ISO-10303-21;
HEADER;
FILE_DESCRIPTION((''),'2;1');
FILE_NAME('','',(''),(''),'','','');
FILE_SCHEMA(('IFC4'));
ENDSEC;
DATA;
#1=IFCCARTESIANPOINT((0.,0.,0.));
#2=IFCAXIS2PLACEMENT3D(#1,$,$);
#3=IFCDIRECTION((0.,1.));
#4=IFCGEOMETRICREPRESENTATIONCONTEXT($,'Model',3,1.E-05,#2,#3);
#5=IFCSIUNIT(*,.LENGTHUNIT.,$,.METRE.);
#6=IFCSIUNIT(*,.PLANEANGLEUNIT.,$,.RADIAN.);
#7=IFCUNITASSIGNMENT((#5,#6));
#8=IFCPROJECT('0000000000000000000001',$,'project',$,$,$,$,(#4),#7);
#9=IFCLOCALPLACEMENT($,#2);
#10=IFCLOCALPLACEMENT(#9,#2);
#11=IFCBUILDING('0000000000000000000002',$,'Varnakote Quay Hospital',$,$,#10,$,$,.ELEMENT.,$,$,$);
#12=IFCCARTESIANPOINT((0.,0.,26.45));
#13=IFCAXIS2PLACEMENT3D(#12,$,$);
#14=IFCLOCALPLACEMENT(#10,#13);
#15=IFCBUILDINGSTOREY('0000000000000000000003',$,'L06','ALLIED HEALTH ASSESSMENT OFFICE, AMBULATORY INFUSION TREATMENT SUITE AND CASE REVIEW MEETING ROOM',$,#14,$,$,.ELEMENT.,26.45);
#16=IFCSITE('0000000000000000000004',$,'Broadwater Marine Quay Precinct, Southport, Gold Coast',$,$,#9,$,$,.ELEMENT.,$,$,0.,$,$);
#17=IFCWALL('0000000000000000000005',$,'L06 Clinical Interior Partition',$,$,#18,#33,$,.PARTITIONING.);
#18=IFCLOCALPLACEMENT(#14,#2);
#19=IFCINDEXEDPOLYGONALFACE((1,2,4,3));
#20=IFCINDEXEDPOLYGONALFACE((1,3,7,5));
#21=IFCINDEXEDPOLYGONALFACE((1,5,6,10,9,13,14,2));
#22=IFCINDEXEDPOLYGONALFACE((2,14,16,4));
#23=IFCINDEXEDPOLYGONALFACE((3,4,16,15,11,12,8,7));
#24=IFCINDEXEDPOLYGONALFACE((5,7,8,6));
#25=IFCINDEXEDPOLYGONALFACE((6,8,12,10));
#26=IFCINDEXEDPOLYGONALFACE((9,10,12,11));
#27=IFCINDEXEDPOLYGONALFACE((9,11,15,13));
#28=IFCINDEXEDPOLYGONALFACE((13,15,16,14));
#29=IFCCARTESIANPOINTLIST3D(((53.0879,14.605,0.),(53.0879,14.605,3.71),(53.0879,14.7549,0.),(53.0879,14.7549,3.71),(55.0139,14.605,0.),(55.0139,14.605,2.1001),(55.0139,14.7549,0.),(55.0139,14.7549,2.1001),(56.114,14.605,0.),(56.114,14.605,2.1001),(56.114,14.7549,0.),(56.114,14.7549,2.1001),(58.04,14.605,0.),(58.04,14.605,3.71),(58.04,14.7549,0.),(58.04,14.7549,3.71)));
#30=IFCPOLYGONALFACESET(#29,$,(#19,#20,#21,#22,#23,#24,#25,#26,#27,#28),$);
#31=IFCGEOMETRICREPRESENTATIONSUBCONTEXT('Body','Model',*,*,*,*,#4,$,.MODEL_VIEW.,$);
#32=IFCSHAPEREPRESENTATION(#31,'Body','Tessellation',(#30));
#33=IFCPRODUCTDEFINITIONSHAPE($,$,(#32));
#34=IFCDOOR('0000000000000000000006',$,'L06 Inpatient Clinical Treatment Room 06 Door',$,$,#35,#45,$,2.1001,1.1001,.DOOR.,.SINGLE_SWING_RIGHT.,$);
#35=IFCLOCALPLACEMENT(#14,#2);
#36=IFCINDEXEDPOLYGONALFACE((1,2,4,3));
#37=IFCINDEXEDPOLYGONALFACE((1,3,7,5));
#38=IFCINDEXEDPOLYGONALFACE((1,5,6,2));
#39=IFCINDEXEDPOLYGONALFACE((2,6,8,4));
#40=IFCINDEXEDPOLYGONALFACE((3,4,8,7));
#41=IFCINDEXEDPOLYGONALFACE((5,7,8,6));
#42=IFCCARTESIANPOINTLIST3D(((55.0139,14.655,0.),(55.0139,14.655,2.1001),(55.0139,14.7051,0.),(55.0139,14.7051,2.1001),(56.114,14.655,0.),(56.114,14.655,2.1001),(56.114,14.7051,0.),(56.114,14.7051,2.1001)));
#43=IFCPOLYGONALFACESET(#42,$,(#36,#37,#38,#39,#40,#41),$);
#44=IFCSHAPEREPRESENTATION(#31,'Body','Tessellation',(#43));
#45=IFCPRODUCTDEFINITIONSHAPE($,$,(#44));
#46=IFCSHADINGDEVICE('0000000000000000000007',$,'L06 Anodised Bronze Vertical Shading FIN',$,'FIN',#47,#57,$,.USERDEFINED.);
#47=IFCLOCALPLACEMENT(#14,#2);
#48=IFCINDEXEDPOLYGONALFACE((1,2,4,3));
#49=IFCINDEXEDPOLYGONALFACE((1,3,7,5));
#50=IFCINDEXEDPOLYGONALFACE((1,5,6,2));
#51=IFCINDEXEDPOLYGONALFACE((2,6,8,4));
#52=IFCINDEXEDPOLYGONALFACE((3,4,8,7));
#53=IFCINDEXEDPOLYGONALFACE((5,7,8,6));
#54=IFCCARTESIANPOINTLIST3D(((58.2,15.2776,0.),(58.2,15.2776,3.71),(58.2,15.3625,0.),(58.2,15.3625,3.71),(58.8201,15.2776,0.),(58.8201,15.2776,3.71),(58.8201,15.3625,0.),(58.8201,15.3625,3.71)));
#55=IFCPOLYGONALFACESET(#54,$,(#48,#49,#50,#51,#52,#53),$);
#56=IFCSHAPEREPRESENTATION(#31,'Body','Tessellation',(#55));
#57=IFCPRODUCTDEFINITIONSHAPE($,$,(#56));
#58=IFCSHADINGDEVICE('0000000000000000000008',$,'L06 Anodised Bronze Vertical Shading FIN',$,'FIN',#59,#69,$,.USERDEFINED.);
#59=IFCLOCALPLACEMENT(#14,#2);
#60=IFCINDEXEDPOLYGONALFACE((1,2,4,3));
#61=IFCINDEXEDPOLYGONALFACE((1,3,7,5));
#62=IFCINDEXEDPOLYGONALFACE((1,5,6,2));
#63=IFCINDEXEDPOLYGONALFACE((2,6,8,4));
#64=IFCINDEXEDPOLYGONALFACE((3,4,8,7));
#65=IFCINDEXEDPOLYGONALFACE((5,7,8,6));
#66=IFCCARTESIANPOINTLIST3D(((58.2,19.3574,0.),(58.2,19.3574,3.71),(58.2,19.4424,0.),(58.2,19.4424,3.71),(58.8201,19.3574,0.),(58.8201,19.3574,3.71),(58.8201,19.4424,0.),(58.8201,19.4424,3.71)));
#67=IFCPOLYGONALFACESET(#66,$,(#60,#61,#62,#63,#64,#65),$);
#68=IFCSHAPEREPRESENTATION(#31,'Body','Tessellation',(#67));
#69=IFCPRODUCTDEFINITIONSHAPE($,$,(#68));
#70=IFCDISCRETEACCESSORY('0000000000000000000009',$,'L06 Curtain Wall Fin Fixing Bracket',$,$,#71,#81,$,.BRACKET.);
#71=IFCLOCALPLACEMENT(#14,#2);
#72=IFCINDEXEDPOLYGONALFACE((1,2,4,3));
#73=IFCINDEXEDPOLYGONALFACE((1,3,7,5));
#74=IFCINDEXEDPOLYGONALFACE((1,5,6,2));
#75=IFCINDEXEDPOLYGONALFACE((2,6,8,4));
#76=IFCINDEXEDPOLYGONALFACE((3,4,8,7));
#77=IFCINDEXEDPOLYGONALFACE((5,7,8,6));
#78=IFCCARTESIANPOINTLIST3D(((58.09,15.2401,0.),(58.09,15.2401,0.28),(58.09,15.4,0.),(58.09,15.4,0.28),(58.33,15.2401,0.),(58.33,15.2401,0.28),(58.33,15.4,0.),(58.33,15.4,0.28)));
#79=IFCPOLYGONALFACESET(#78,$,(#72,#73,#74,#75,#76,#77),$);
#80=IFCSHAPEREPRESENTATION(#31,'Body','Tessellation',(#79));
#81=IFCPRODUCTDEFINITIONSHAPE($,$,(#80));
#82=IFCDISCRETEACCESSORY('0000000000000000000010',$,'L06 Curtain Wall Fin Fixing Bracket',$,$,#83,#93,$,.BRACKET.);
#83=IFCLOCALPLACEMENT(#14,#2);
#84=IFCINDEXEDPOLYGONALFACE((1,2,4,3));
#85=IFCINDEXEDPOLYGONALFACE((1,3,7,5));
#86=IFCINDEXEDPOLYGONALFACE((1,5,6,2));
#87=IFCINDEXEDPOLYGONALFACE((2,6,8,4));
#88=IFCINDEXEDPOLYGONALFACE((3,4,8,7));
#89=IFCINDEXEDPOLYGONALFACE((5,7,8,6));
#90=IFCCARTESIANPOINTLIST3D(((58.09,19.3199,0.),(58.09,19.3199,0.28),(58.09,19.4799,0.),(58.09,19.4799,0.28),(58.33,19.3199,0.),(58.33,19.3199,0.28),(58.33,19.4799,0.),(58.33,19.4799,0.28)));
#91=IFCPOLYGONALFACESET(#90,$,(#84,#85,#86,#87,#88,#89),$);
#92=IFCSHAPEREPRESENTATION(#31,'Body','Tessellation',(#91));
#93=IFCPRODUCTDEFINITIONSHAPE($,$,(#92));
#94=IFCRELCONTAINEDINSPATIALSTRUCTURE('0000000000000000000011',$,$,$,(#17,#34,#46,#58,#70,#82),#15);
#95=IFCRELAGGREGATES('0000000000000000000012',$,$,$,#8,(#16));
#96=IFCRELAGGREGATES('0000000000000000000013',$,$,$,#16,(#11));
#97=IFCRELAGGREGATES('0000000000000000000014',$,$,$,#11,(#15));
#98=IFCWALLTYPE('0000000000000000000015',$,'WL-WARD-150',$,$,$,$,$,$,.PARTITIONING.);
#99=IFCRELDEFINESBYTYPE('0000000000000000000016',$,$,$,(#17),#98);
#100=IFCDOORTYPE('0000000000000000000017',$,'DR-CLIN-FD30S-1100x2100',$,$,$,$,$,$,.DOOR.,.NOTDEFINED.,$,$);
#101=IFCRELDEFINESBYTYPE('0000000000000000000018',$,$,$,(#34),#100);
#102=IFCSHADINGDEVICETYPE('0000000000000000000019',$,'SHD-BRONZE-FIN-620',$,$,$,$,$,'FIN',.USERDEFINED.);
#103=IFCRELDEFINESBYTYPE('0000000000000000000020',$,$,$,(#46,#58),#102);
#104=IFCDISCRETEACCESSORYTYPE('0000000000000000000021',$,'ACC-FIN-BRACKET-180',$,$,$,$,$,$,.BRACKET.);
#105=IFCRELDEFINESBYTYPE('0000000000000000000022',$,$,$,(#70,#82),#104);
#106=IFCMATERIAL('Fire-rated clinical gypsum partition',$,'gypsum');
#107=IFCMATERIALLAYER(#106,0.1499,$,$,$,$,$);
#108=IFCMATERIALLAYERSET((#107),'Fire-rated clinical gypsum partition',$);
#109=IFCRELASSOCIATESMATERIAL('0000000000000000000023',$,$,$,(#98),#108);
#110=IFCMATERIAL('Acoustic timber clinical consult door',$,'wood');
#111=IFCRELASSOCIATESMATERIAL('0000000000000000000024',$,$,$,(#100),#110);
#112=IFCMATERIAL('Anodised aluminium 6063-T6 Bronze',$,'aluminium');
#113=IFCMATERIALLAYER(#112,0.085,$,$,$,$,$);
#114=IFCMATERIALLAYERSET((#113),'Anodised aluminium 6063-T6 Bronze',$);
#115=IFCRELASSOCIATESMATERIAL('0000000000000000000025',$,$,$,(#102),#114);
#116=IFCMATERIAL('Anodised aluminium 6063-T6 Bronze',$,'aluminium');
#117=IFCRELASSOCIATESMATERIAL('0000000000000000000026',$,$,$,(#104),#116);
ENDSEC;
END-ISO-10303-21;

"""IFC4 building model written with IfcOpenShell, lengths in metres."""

from ifc_helpers import new_model, si_unit, direction, frame, frame_2d, origin, origin_2d, place, context, subcontext, project, spatial, rectangle, extrude, material, layer, layer_set, type_object, element, fill, save


model = new_model("IFC4")

# Units and contexts
model_context = context("Model", 3, precision=1e-05, world=origin(), true_north=direction((0.0, 1.0)))
body_context = subcontext(model_context, "Body", "Model", "MODEL_VIEW")
ifc_project = project(units=[si_unit("LENGTHUNIT", "METRE"), si_unit("PLANEANGLEUNIT", "RADIAN")], contexts=[model_context])

# Site, building, storey
site_placement = place(None, origin())
site = spatial("IfcSite", under=ifc_project, at=site_placement, Name="Broadwater Marine Quay Precinct, Southport, Gold Coast", CompositionType="ELEMENT", RefElevation=0.0)
building_placement = place(site_placement, origin())
building = spatial("IfcBuilding", under=site, at=building_placement, Name="Varnakote Quay Hospital", CompositionType="ELEMENT")
storey_placement = place(building_placement, frame((0.0, 0.0, 26.45)))
storey = spatial("IfcBuildingStorey", under=building, at=storey_placement, Name="L06", Description="ALLIED HEALTH ASSESSMENT OFFICE, AMBULATORY INFUSION TREATMENT SUITE AND CASE REVIEW MEETING ROOM", CompositionType="ELEMENT", Elevation=26.45)

# Wall, opening, door
ifc_material_1 = material(Name="Fire-rated clinical gypsum partition", Category="gypsum")
ifc_layer_1 = layer(ifc_material_1, 0.1499)
ifc_layer_set_1 = layer_set([ifc_layer_1], Name="Fire-rated clinical gypsum partition")
wall_type_1 = type_object("IfcWallType", Name="WL-WARD-150", PredefinedType="PARTITIONING", material=ifc_layer_set_1)
ifc_material_2 = material(Name="Acoustic timber clinical consult door", Category="wood")
door_type_1 = type_object("IfcDoorType", Name="DR-CLIN-FD30S-1100x2100", OperationType="NOTDEFINED", PredefinedType="DOOR", material=ifc_material_2)
wall_1_placement = place(storey_placement, frame((58.04, 14.6799, 0.0), z_axis=(0.0, 0.0, 1.0), x_axis=(-1.0, 0.0, 0.0)))
wall_1 = element("IfcWall", 1, at=wall_1_placement, inside=storey, type_object=wall_type_1, Name="L06 Clinical Interior Partition", PredefinedType="PARTITIONING", context=body_context, shape_type="SweptSolid", body=[
    extrude(rectangle(XDim=4.9521, YDim=0.1499, at=frame_2d((2.4761, 0.0))), origin(), (0.0, 0.0, 1.0), 3.71),
])
opening_1_placement = place(wall_1_placement, frame((1.926, 0.0, 0.0)))
opening_1 = element("IfcOpeningElement", 2, at=opening_1_placement, cuts=wall_1, PredefinedType="OPENING", context=body_context, shape_type="SweptSolid", body=[
    extrude(rectangle(XDim=1.1001, YDim=2.1001, at=frame_2d((0.55, 1.05))), frame((0.0, 0.085, 0.0), z_axis=(0.0, -1.0, 0.0), x_axis=(1.0, 0.0, 0.0)), (0.0, 0.0, 1.0), 0.1699),
])
door_1_placement = place(opening_1_placement, origin())
door_1 = element("IfcDoor", 3, at=door_1_placement, inside=storey, type_object=door_type_1, Name="L06 Inpatient Clinical Treatment Room 06 Door", OperationType="SINGLE_SWING_RIGHT", OverallHeight=2.1001, OverallWidth=1.1001, PredefinedType="DOOR", context=body_context, shape_type="SweptSolid", body=[
    extrude(rectangle(XDim=1.1001, YDim=2.1001, at=frame_2d((0.55, 1.05))), frame((0.0, 0.0249, 0.0), z_axis=(0.0, -1.0, 0.0), x_axis=(1.0, 0.0, 0.0)), (0.0, 0.0, 1.0), 0.05),
])
fill(opening_1, door_1)

# Shading devices
ifc_material_3 = material(Name="Anodised aluminium 6063-T6 Bronze", Category="aluminium")
ifc_layer_2 = layer(ifc_material_3, 0.085)
ifc_layer_set_2 = layer_set([ifc_layer_2], Name="Anodised aluminium 6063-T6 Bronze")
shading_device_type = type_object("IfcShadingDeviceType", Name="SHD-BRONZE-FIN-620", ElementType="FIN", PredefinedType="USERDEFINED", material=ifc_layer_set_2)
for number, where, z_axis, x_axis, name in (
    (4, (58.51, 15.3201, 0.0), (0.0, 0.0, 1.0), (-1.0, 0.0, 0.0), "L06 Anodised Bronze Vertical Shading FIN"),
    (5, (58.51, 19.3999, 0.0), (0.0, 0.0, 1.0), (-1.0, 0.0, 0.0), "L06 Anodised Bronze Vertical Shading FIN"),
):
    element("IfcShadingDevice", number, at=place(storey_placement, frame(where, z_axis=z_axis, x_axis=x_axis)), inside=storey, type_object=shading_device_type, Name=name, ObjectType="FIN", PredefinedType="USERDEFINED", context=body_context, shape_type="SweptSolid", body=[
        extrude(rectangle(XDim=0.6201, YDim=0.085, at=origin_2d()), origin(), (0.0, 0.0, 1.0), 3.71),
    ])

# Discrete accessories
ifc_material_4 = material(Name="Anodised aluminium 6063-T6 Bronze", Category="aluminium")
discrete_accessory_type = type_object("IfcDiscreteAccessoryType", Name="ACC-FIN-BRACKET-180", PredefinedType="BRACKET", material=ifc_material_4)
for number, where, z_axis, x_axis, name in (
    (6, (58.21, 15.3201, 0.0), (0.0, 0.0, 1.0), (0.0, 1.0, 0.0), "L06 Curtain Wall Fin Fixing Bracket"),
    (7, (58.21, 19.3999, 0.0), (0.0, 0.0, 1.0), (0.0, 1.0, 0.0), "L06 Curtain Wall Fin Fixing Bracket"),
):
    element("IfcDiscreteAccessory", number, at=place(storey_placement, frame(where, z_axis=z_axis, x_axis=x_axis)), inside=storey, type_object=discrete_accessory_type, Name=name, PredefinedType="BRACKET", context=body_context, shape_type="SweptSolid", body=[
        extrude(rectangle(XDim=0.1599, YDim=0.24, at=origin_2d()), origin(), (0.0, 0.0, 1.0), 0.28),
    ])

save(model, "model.ifc")
